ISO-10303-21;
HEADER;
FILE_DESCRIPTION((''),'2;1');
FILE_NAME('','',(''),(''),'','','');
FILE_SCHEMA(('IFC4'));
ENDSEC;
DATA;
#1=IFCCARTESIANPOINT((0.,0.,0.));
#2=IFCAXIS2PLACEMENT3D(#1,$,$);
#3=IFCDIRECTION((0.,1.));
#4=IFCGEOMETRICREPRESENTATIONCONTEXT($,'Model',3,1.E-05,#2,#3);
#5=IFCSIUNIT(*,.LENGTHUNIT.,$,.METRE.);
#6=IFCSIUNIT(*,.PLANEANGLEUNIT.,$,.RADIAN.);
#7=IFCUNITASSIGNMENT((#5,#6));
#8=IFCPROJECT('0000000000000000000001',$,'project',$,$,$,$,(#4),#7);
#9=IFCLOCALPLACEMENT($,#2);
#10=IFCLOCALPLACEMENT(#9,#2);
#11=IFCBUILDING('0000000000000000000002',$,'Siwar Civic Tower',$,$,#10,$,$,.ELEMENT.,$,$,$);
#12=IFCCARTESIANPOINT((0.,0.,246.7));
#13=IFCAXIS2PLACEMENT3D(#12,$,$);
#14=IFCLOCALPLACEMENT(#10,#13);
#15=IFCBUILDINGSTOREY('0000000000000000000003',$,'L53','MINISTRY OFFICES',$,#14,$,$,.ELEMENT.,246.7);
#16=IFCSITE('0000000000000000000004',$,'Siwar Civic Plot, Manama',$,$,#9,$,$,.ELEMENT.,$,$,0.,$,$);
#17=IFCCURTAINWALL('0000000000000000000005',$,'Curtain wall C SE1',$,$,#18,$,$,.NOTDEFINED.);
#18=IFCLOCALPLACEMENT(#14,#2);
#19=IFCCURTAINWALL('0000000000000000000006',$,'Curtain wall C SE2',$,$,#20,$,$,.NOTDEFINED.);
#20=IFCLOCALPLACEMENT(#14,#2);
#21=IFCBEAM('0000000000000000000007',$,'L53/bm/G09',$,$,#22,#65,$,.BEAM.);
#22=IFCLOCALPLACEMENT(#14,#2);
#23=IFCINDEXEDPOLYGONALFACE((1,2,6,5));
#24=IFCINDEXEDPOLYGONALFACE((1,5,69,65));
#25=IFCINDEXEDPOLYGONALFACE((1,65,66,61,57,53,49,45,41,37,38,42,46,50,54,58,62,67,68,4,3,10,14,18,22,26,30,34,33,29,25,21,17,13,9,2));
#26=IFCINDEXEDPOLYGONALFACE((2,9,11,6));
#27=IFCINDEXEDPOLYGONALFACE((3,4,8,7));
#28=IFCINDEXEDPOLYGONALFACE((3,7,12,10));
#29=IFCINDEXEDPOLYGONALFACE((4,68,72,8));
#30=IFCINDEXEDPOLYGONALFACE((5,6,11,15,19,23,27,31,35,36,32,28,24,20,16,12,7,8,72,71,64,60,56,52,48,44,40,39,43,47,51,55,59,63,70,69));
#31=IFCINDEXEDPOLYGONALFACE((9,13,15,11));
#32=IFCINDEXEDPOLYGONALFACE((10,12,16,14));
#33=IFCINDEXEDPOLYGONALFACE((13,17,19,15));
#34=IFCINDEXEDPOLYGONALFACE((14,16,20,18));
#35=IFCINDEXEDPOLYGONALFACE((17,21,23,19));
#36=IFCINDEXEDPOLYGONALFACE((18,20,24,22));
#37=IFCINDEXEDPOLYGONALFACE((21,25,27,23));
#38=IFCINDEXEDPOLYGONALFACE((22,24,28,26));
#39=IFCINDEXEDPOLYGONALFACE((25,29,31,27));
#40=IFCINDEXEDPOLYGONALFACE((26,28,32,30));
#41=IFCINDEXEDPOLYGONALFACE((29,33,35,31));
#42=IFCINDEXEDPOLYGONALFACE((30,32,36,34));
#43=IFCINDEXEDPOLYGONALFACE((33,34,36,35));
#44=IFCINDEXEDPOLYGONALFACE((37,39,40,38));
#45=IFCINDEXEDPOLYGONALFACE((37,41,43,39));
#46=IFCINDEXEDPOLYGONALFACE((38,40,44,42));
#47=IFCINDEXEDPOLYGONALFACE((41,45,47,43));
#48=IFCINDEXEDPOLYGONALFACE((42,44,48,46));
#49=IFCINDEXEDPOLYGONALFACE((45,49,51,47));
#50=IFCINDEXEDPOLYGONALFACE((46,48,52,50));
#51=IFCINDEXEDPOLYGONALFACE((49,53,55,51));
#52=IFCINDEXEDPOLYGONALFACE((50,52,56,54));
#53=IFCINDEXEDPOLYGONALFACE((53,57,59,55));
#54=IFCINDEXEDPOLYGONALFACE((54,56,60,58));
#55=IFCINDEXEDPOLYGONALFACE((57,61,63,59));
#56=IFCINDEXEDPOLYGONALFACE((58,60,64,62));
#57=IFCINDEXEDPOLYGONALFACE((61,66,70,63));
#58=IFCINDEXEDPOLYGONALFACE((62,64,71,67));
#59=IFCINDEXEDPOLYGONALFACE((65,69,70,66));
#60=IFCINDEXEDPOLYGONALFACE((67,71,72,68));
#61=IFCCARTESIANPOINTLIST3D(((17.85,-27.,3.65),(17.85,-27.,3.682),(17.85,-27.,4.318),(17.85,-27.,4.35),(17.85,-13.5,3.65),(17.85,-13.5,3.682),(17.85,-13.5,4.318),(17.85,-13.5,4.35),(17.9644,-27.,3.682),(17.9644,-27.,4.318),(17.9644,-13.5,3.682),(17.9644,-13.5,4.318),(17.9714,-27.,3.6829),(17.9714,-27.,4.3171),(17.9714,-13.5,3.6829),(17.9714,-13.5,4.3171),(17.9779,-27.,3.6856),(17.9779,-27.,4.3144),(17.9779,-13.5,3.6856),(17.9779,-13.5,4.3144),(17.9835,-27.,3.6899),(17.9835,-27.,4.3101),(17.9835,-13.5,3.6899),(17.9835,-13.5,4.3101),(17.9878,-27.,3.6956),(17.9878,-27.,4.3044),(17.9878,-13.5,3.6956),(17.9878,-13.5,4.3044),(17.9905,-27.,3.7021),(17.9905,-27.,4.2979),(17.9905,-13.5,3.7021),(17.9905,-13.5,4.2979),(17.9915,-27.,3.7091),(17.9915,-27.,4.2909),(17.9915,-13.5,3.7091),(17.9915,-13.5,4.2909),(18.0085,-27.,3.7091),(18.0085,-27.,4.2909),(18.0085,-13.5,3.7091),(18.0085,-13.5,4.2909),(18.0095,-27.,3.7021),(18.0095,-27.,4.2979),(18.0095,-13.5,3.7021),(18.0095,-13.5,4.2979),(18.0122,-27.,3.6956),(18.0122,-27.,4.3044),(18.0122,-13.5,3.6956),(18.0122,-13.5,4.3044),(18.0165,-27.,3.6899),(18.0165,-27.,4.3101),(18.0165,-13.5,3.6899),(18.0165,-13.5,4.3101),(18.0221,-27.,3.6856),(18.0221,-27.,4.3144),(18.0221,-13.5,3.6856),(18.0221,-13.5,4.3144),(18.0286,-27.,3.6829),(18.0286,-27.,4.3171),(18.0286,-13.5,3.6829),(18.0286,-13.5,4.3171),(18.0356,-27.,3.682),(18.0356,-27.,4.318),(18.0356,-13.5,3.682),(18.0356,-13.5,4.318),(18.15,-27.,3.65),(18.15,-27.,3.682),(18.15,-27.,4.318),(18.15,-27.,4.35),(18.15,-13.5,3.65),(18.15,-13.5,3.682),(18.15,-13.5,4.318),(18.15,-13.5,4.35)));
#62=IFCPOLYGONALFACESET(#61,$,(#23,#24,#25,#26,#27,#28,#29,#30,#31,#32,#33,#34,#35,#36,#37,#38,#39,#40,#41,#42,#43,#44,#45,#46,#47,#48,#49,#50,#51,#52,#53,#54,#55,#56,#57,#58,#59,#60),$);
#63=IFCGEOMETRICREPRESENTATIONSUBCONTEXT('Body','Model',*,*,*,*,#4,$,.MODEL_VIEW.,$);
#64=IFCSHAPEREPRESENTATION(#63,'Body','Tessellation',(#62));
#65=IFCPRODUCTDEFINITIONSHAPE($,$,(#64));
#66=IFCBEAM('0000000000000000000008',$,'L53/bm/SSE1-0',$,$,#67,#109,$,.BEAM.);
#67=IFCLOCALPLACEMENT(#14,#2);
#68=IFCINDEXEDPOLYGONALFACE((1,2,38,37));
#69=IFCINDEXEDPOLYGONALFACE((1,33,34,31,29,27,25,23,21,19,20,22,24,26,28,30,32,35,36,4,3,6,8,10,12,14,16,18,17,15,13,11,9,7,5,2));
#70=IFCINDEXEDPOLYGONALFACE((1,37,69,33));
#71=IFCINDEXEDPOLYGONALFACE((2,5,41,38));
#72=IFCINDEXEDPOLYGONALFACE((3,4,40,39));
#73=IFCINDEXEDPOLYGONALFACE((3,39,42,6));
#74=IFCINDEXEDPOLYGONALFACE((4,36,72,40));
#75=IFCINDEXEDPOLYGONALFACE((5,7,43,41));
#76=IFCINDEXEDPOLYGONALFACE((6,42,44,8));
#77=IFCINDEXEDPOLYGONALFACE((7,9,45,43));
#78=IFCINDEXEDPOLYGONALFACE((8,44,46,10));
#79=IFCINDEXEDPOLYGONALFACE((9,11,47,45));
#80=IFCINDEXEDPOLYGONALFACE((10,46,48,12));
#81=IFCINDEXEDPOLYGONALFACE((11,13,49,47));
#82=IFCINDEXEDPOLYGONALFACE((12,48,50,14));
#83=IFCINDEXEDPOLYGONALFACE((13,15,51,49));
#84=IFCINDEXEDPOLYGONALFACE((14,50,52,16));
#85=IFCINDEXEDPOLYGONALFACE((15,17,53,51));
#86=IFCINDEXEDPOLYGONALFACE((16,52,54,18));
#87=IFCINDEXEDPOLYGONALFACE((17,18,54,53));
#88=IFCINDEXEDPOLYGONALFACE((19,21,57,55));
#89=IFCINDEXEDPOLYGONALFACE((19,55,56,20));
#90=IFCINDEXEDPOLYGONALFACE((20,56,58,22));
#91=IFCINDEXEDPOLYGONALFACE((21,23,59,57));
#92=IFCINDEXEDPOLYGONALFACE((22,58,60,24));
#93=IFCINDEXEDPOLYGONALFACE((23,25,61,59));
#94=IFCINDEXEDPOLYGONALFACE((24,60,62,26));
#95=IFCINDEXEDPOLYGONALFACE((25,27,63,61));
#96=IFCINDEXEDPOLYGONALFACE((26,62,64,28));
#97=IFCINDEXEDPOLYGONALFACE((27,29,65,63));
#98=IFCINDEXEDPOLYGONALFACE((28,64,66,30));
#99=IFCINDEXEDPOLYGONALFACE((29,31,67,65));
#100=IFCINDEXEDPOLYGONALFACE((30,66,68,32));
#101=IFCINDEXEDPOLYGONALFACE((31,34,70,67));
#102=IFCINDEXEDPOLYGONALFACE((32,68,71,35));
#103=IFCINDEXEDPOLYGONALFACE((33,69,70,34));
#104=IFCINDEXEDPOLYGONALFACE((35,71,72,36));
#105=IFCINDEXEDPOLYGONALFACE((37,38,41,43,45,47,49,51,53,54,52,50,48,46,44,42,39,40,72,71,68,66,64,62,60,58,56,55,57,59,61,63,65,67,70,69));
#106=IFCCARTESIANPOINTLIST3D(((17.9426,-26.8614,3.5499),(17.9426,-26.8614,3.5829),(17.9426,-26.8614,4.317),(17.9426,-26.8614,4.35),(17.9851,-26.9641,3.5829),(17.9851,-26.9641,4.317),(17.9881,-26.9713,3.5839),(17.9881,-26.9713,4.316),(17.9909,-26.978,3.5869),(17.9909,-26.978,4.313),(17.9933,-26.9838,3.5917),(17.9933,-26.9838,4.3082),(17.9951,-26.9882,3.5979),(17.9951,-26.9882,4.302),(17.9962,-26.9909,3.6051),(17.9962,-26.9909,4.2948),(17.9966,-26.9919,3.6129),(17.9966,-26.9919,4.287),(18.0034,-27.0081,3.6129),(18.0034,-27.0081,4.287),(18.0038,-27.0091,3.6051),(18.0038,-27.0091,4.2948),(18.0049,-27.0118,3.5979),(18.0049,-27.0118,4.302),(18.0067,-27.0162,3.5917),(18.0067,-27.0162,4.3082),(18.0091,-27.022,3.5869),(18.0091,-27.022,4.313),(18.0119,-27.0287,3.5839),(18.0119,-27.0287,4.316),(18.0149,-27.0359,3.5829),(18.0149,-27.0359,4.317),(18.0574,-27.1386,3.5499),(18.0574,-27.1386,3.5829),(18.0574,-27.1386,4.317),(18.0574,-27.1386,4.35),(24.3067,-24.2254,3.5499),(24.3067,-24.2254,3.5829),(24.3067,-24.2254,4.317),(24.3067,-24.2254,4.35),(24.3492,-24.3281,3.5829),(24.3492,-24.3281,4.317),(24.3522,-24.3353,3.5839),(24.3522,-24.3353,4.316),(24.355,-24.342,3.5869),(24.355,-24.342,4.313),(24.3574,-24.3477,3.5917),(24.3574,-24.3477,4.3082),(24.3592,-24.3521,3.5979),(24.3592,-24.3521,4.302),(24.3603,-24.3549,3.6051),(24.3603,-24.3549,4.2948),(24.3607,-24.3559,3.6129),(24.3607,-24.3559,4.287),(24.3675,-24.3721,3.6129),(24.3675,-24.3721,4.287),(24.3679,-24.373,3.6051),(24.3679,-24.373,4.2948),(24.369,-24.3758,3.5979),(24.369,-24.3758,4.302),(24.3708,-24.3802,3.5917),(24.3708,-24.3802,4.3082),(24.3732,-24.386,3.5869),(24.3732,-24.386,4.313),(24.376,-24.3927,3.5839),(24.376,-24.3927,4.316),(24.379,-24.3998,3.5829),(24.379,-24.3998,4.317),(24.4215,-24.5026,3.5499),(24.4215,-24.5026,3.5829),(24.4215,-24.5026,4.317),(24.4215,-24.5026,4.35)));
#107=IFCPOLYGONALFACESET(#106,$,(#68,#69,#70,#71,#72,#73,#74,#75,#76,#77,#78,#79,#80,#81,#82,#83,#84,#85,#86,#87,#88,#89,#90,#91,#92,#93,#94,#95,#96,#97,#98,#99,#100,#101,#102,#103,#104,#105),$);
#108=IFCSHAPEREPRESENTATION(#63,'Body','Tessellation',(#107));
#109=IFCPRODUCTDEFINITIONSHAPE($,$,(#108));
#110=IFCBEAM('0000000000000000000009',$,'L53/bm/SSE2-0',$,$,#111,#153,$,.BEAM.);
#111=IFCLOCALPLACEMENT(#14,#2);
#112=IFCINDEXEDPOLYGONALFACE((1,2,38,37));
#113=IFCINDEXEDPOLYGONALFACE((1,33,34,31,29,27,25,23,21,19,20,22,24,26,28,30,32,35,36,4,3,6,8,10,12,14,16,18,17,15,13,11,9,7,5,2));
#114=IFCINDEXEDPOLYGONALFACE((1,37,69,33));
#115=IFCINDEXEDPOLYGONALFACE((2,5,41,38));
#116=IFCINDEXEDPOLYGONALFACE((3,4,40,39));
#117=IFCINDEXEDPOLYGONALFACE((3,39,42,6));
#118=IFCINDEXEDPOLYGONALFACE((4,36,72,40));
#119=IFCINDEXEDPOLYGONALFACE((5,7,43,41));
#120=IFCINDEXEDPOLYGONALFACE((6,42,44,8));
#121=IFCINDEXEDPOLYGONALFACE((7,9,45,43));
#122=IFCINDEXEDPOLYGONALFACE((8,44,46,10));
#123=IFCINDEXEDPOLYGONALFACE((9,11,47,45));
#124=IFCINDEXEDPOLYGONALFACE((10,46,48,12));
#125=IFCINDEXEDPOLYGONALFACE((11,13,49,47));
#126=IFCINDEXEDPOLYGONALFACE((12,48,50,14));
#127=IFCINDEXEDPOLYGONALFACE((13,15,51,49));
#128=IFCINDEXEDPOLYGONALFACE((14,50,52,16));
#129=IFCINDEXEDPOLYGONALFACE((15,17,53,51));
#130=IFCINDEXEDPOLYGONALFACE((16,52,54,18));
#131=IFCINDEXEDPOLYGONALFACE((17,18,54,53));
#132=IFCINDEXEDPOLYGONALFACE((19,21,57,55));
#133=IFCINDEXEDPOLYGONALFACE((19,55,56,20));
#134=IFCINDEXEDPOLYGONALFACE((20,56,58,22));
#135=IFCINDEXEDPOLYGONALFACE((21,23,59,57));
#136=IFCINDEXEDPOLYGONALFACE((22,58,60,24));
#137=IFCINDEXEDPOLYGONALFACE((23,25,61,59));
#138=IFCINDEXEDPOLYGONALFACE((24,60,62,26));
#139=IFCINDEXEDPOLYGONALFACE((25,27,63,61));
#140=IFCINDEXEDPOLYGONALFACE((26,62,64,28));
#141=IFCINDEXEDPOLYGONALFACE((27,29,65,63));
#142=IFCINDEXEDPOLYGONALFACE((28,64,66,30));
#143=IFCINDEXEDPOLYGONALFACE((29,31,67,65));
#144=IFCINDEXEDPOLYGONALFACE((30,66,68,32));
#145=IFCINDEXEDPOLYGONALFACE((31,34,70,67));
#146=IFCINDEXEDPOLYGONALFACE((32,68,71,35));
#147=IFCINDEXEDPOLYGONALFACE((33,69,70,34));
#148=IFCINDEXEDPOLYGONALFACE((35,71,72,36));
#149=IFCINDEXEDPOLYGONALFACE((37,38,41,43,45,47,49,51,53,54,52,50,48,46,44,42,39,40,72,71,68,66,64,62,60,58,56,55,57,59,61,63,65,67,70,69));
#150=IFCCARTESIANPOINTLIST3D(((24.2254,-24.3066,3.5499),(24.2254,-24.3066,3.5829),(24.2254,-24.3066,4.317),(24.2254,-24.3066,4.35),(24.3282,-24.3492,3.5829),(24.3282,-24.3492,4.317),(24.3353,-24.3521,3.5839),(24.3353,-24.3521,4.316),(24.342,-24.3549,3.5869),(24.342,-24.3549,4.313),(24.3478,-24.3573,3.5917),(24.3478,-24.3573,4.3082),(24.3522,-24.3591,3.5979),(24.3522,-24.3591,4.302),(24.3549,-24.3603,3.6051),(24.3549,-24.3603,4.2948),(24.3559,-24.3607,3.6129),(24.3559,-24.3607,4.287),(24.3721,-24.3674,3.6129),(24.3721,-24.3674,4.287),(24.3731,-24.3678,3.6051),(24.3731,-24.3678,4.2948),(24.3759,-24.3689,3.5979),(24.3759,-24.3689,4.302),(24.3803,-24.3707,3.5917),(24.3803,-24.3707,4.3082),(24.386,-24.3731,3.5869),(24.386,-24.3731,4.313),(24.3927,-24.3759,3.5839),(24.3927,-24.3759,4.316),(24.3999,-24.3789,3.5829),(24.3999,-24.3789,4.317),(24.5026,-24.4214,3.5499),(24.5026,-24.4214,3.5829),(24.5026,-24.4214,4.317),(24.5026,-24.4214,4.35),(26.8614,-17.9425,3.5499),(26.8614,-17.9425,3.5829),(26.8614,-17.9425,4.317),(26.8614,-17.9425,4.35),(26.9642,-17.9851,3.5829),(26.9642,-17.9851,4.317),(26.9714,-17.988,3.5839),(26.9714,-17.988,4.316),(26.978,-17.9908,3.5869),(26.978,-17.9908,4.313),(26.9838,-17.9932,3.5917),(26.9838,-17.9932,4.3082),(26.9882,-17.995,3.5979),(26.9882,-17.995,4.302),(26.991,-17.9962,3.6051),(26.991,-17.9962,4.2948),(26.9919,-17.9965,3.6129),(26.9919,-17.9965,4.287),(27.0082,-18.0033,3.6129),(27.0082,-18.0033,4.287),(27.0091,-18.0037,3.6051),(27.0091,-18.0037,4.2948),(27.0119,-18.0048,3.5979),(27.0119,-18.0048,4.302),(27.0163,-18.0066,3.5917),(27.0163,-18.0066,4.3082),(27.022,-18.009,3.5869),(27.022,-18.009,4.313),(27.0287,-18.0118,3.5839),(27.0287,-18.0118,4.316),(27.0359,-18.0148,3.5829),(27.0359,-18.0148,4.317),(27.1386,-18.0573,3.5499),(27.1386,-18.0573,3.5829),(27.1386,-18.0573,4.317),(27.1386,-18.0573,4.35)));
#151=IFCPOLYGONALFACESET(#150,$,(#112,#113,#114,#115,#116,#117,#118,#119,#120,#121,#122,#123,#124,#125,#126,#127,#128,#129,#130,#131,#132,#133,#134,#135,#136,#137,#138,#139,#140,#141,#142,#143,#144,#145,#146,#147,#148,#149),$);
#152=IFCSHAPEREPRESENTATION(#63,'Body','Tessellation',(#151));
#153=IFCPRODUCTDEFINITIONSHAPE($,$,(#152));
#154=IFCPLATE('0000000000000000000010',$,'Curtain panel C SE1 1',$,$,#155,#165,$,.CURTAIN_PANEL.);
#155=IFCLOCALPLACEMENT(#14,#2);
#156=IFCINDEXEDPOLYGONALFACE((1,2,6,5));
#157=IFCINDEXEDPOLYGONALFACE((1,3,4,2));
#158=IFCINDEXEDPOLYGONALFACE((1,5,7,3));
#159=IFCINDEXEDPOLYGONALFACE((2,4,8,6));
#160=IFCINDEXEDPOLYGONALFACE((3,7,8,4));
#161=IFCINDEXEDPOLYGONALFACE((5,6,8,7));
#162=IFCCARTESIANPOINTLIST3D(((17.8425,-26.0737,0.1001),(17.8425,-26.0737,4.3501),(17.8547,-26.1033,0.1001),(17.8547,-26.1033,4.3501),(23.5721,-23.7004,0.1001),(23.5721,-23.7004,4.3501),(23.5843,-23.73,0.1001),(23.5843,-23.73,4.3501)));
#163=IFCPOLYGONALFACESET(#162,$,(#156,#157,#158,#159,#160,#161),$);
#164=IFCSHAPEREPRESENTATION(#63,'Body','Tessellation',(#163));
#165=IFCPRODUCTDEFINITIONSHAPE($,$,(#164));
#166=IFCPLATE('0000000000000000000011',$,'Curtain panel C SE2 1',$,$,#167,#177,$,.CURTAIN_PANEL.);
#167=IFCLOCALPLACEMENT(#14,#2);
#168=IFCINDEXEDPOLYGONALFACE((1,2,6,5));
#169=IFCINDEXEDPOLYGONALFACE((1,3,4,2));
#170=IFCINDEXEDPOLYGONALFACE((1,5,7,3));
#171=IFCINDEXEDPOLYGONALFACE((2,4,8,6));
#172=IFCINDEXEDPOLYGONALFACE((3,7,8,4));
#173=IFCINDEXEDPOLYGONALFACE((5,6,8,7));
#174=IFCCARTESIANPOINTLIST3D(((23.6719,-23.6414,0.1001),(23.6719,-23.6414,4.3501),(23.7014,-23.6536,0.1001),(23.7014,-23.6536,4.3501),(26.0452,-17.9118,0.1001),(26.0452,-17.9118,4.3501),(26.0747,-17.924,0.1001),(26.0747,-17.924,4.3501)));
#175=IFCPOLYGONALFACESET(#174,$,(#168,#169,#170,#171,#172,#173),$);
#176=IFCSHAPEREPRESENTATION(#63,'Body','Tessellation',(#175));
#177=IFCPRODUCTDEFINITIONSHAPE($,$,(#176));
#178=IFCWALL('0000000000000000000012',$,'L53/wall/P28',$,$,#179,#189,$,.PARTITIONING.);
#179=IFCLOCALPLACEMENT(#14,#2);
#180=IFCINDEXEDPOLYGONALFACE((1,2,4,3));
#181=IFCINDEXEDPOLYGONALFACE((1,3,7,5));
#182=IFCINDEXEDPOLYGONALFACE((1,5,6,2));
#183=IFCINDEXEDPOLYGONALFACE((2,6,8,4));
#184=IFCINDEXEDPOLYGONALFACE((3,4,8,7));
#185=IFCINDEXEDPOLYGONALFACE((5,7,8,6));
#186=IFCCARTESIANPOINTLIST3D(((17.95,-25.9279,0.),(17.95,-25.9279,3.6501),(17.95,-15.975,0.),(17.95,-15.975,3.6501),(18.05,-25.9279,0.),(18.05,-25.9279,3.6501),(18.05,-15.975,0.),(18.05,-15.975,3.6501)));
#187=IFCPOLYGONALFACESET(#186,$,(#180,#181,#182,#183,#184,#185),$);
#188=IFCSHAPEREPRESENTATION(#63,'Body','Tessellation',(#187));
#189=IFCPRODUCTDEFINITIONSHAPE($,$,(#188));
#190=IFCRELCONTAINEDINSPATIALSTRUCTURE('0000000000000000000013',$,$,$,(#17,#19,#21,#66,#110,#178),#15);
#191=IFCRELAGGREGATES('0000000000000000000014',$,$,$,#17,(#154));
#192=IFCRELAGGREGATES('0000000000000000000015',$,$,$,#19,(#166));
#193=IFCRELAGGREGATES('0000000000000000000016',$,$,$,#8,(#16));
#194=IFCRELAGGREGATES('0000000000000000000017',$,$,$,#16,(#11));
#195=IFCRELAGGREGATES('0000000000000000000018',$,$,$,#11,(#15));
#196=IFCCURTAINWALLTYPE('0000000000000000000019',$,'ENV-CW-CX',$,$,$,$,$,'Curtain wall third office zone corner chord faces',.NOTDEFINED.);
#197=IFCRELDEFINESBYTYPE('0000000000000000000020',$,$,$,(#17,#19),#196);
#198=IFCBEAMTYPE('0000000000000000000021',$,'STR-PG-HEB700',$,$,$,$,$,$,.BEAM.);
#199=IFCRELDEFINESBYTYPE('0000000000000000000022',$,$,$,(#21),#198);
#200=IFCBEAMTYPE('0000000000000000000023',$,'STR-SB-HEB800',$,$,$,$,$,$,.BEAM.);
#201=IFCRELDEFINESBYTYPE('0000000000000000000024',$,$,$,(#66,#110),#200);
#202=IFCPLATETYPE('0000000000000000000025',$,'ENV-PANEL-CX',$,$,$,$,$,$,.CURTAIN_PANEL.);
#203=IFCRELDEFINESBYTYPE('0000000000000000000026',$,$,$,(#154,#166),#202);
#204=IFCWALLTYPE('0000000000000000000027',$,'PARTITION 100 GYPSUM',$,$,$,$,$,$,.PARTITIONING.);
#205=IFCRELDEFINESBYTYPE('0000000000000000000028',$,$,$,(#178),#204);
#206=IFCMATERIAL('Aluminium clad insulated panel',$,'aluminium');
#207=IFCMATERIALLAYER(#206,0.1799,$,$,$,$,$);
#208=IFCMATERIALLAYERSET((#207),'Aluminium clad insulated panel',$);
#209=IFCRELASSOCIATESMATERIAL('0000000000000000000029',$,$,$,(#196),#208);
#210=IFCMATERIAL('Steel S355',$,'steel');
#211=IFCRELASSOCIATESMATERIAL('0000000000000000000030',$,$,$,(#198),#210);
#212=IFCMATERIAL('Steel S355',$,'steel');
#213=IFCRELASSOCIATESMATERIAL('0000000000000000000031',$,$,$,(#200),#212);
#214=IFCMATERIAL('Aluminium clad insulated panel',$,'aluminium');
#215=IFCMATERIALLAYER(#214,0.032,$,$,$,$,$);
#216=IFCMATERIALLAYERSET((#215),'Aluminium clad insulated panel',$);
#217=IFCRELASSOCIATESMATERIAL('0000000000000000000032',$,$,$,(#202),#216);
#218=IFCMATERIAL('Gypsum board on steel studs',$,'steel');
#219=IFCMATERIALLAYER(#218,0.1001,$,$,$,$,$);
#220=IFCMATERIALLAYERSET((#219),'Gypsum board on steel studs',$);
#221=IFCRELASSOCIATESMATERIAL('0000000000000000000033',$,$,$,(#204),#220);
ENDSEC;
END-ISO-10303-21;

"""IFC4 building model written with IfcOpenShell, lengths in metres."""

from ifc_helpers import new_model, si_unit, direction, frame, frame_2d, origin, origin_2d, place, context, subcontext, project, spatial, rectangle, i_section, extrude, material, layer, layer_set, material_profile, profile_set, type_object, element, aggregate, save


model = new_model("IFC4")

# Units and contexts
model_context = context("Model", 3, precision=1e-05, world=origin(), true_north=direction((0.0, 1.0)))
body_context = subcontext(model_context, "Body", "Model", "MODEL_VIEW")
ifc_project = project(units=[si_unit("LENGTHUNIT", "METRE"), si_unit("PLANEANGLEUNIT", "RADIAN")], contexts=[model_context])

# Site, building, storey
site_placement = place(None, origin())
site = spatial("IfcSite", under=ifc_project, at=site_placement, Name="Siwar Civic Plot, Manama", CompositionType="ELEMENT", RefElevation=0.0)
building_placement = place(site_placement, origin())
building = spatial("IfcBuilding", under=site, at=building_placement, Name="Siwar Civic Tower", CompositionType="ELEMENT")
storey_placement = place(building_placement, frame((0.0, 0.0, 246.7)))
storey = spatial("IfcBuildingStorey", under=building, at=storey_placement, Name="L53", Description="MINISTRY OFFICES", CompositionType="ELEMENT", Elevation=246.7)

# Curtain walls
ifc_material_1 = material(Name="Aluminium clad insulated panel", Category="aluminium")
ifc_layer_1 = layer(ifc_material_1, 0.1799)
ifc_layer_set_1 = layer_set([ifc_layer_1], Name="Aluminium clad insulated panel")
curtain_wall_type = type_object("IfcCurtainWallType", Name="ENV-CW-CX", ElementType="Curtain wall third office zone corner chord faces", PredefinedType="NOTDEFINED", material=ifc_layer_set_1)
curtain_wall_1_placement = place(storey_placement, origin())
curtain_wall_1 = element("IfcCurtainWall", 1, at=curtain_wall_1_placement, inside=storey, type_object=curtain_wall_type, Name="Curtain wall C SE1", PredefinedType="NOTDEFINED")
curtain_wall_2_placement = place(storey_placement, origin())
curtain_wall_2 = element("IfcCurtainWall", 2, at=curtain_wall_2_placement, inside=storey, type_object=curtain_wall_type, Name="Curtain wall C SE2", PredefinedType="NOTDEFINED")

# Beams
ifc_material_2 = material(Name="Steel S355", Category="steel")
ifc_material_profile_1 = material_profile(ifc_material_2, i_section(OverallWidth=0.3, OverallDepth=0.7, WebThickness=0.0171, FlangeThickness=0.032, FilletRadius=0.0271, at=origin_2d()), Name="HEB700")
ifc_profile_set_1 = profile_set([ifc_material_profile_1], Name="Steel S355")
beam_type_1 = type_object("IfcBeamType", Name="STR-PG-HEB700", PredefinedType="BEAM", material=ifc_profile_set_1)
beam_1_placement = place(storey_placement, frame((18.0, -27.0, 4.0), z_axis=(0.0, 1.0, 0.0), x_axis=(-1.0, 0.0, 0.0)))
element("IfcBeam", 3, at=beam_1_placement, inside=storey, type_object=beam_type_1, Name="L53/bm/G09", PredefinedType="BEAM", context=body_context, shape_type="SweptSolid", body=[
    extrude(i_section(OverallWidth=0.3, OverallDepth=0.7, WebThickness=0.0171, FlangeThickness=0.032, FilletRadius=0.0271, at=origin_2d()), origin(), (0.0, 0.0, 1.0), 13.5),
])
ifc_material_3 = material(Name="Steel S355", Category="steel")
ifc_material_profile_2 = material_profile(ifc_material_3, i_section(OverallWidth=0.3, OverallDepth=0.8, WebThickness=0.0176, FlangeThickness=0.033, FilletRadius=0.03, at=origin_2d()), Name="HEB800")
ifc_profile_set_2 = profile_set([ifc_material_profile_2], Name="Steel S355")
beam_type_2 = type_object("IfcBeamType", Name="STR-SB-HEB800", PredefinedType="BEAM", material=ifc_profile_set_2)
for number, where, z_axis, x_axis, name in (
    (4, (18.0, -27.0, 3.95), (0.923883, 0.382674, 0.0), (-0.382674, 0.923883, 0.0), "L53/bm/SSE1-0"),
    (5, (24.364, -24.364, 3.95), (0.382674, 0.923883, 0.0), (-0.923883, 0.382674, 0.0), "L53/bm/SSE2-0"),
):
    element("IfcBeam", number, at=place(storey_placement, frame(where, z_axis=z_axis, x_axis=x_axis)), inside=storey, type_object=beam_type_2, Name=name, PredefinedType="BEAM", context=body_context, shape_type="SweptSolid", body=[
        extrude(i_section(OverallWidth=0.3, OverallDepth=0.8, WebThickness=0.0176, FlangeThickness=0.033, FilletRadius=0.03, at=origin_2d()), origin(), (0.0, 0.0, 1.0), 6.8884),
    ])

# Plates
ifc_material_4 = material(Name="Aluminium clad insulated panel", Category="aluminium")
ifc_layer_2 = layer(ifc_material_4, 0.032)
ifc_layer_set_2 = layer_set([ifc_layer_2], Name="Aluminium clad insulated panel")
plate_type = type_object("IfcPlateType", Name="ENV-PANEL-CX", PredefinedType="CURTAIN_PANEL", material=ifc_layer_set_2)
plate_1_placement = place(storey_placement, frame((20.7134, -24.9019, 0.1001), z_axis=(0.0, 0.0, 1.0), x_axis=(0.92388, 0.382683, 0.0)))
plate_1 = element("IfcPlate", 6, at=plate_1_placement, type_object=plate_type, Name="Curtain panel C SE1 1", PredefinedType="CURTAIN_PANEL", context=body_context, shape_type="SweptSolid", body=[
    extrude(rectangle(XDim=6.2017, YDim=0.032, at=origin_2d()), origin(), (0.0, 0.0, 1.0), 4.25),
])
aggregate(curtain_wall_1, [plate_1])
plate_2_placement = place(storey_placement, frame((24.8733, -20.7827, 0.1001), z_axis=(0.0, 0.0, 1.0), x_axis=(0.382683, 0.92388, 0.0)))
plate_2 = element("IfcPlate", 7, at=plate_2_placement, type_object=plate_type, Name="Curtain panel C SE2 1", PredefinedType="CURTAIN_PANEL", context=body_context, shape_type="SweptSolid", body=[
    extrude(rectangle(XDim=6.2017, YDim=0.032, at=origin_2d()), origin(), (0.0, 0.0, 1.0), 4.25),
])
aggregate(curtain_wall_2, [plate_2])

# Wall
ifc_material_5 = material(Name="Gypsum board on steel studs", Category="steel")
ifc_layer_3 = layer(ifc_material_5, 0.1001)
ifc_layer_set_3 = layer_set([ifc_layer_3], Name="Gypsum board on steel studs")
wall_type = type_object("IfcWallType", Name="PARTITION 100 GYPSUM", PredefinedType="PARTITIONING", material=ifc_layer_set_3)
wall_placement = place(storey_placement, frame((18.0, -25.928, 0.0), z_axis=(0.0, 0.0, 1.0), x_axis=(0.0, 1.0, 0.0)))
element("IfcWall", 8, at=wall_placement, inside=storey, type_object=wall_type, Name="L53/wall/P28", PredefinedType="PARTITIONING", context=body_context, shape_type="SweptSolid", body=[
    extrude(rectangle(XDim=9.9529, YDim=0.1001, at=frame_2d((4.9766, 0.0))), origin(), (0.0, 0.0, 1.0), 3.6501),
])

save(model, "model.ifc")
